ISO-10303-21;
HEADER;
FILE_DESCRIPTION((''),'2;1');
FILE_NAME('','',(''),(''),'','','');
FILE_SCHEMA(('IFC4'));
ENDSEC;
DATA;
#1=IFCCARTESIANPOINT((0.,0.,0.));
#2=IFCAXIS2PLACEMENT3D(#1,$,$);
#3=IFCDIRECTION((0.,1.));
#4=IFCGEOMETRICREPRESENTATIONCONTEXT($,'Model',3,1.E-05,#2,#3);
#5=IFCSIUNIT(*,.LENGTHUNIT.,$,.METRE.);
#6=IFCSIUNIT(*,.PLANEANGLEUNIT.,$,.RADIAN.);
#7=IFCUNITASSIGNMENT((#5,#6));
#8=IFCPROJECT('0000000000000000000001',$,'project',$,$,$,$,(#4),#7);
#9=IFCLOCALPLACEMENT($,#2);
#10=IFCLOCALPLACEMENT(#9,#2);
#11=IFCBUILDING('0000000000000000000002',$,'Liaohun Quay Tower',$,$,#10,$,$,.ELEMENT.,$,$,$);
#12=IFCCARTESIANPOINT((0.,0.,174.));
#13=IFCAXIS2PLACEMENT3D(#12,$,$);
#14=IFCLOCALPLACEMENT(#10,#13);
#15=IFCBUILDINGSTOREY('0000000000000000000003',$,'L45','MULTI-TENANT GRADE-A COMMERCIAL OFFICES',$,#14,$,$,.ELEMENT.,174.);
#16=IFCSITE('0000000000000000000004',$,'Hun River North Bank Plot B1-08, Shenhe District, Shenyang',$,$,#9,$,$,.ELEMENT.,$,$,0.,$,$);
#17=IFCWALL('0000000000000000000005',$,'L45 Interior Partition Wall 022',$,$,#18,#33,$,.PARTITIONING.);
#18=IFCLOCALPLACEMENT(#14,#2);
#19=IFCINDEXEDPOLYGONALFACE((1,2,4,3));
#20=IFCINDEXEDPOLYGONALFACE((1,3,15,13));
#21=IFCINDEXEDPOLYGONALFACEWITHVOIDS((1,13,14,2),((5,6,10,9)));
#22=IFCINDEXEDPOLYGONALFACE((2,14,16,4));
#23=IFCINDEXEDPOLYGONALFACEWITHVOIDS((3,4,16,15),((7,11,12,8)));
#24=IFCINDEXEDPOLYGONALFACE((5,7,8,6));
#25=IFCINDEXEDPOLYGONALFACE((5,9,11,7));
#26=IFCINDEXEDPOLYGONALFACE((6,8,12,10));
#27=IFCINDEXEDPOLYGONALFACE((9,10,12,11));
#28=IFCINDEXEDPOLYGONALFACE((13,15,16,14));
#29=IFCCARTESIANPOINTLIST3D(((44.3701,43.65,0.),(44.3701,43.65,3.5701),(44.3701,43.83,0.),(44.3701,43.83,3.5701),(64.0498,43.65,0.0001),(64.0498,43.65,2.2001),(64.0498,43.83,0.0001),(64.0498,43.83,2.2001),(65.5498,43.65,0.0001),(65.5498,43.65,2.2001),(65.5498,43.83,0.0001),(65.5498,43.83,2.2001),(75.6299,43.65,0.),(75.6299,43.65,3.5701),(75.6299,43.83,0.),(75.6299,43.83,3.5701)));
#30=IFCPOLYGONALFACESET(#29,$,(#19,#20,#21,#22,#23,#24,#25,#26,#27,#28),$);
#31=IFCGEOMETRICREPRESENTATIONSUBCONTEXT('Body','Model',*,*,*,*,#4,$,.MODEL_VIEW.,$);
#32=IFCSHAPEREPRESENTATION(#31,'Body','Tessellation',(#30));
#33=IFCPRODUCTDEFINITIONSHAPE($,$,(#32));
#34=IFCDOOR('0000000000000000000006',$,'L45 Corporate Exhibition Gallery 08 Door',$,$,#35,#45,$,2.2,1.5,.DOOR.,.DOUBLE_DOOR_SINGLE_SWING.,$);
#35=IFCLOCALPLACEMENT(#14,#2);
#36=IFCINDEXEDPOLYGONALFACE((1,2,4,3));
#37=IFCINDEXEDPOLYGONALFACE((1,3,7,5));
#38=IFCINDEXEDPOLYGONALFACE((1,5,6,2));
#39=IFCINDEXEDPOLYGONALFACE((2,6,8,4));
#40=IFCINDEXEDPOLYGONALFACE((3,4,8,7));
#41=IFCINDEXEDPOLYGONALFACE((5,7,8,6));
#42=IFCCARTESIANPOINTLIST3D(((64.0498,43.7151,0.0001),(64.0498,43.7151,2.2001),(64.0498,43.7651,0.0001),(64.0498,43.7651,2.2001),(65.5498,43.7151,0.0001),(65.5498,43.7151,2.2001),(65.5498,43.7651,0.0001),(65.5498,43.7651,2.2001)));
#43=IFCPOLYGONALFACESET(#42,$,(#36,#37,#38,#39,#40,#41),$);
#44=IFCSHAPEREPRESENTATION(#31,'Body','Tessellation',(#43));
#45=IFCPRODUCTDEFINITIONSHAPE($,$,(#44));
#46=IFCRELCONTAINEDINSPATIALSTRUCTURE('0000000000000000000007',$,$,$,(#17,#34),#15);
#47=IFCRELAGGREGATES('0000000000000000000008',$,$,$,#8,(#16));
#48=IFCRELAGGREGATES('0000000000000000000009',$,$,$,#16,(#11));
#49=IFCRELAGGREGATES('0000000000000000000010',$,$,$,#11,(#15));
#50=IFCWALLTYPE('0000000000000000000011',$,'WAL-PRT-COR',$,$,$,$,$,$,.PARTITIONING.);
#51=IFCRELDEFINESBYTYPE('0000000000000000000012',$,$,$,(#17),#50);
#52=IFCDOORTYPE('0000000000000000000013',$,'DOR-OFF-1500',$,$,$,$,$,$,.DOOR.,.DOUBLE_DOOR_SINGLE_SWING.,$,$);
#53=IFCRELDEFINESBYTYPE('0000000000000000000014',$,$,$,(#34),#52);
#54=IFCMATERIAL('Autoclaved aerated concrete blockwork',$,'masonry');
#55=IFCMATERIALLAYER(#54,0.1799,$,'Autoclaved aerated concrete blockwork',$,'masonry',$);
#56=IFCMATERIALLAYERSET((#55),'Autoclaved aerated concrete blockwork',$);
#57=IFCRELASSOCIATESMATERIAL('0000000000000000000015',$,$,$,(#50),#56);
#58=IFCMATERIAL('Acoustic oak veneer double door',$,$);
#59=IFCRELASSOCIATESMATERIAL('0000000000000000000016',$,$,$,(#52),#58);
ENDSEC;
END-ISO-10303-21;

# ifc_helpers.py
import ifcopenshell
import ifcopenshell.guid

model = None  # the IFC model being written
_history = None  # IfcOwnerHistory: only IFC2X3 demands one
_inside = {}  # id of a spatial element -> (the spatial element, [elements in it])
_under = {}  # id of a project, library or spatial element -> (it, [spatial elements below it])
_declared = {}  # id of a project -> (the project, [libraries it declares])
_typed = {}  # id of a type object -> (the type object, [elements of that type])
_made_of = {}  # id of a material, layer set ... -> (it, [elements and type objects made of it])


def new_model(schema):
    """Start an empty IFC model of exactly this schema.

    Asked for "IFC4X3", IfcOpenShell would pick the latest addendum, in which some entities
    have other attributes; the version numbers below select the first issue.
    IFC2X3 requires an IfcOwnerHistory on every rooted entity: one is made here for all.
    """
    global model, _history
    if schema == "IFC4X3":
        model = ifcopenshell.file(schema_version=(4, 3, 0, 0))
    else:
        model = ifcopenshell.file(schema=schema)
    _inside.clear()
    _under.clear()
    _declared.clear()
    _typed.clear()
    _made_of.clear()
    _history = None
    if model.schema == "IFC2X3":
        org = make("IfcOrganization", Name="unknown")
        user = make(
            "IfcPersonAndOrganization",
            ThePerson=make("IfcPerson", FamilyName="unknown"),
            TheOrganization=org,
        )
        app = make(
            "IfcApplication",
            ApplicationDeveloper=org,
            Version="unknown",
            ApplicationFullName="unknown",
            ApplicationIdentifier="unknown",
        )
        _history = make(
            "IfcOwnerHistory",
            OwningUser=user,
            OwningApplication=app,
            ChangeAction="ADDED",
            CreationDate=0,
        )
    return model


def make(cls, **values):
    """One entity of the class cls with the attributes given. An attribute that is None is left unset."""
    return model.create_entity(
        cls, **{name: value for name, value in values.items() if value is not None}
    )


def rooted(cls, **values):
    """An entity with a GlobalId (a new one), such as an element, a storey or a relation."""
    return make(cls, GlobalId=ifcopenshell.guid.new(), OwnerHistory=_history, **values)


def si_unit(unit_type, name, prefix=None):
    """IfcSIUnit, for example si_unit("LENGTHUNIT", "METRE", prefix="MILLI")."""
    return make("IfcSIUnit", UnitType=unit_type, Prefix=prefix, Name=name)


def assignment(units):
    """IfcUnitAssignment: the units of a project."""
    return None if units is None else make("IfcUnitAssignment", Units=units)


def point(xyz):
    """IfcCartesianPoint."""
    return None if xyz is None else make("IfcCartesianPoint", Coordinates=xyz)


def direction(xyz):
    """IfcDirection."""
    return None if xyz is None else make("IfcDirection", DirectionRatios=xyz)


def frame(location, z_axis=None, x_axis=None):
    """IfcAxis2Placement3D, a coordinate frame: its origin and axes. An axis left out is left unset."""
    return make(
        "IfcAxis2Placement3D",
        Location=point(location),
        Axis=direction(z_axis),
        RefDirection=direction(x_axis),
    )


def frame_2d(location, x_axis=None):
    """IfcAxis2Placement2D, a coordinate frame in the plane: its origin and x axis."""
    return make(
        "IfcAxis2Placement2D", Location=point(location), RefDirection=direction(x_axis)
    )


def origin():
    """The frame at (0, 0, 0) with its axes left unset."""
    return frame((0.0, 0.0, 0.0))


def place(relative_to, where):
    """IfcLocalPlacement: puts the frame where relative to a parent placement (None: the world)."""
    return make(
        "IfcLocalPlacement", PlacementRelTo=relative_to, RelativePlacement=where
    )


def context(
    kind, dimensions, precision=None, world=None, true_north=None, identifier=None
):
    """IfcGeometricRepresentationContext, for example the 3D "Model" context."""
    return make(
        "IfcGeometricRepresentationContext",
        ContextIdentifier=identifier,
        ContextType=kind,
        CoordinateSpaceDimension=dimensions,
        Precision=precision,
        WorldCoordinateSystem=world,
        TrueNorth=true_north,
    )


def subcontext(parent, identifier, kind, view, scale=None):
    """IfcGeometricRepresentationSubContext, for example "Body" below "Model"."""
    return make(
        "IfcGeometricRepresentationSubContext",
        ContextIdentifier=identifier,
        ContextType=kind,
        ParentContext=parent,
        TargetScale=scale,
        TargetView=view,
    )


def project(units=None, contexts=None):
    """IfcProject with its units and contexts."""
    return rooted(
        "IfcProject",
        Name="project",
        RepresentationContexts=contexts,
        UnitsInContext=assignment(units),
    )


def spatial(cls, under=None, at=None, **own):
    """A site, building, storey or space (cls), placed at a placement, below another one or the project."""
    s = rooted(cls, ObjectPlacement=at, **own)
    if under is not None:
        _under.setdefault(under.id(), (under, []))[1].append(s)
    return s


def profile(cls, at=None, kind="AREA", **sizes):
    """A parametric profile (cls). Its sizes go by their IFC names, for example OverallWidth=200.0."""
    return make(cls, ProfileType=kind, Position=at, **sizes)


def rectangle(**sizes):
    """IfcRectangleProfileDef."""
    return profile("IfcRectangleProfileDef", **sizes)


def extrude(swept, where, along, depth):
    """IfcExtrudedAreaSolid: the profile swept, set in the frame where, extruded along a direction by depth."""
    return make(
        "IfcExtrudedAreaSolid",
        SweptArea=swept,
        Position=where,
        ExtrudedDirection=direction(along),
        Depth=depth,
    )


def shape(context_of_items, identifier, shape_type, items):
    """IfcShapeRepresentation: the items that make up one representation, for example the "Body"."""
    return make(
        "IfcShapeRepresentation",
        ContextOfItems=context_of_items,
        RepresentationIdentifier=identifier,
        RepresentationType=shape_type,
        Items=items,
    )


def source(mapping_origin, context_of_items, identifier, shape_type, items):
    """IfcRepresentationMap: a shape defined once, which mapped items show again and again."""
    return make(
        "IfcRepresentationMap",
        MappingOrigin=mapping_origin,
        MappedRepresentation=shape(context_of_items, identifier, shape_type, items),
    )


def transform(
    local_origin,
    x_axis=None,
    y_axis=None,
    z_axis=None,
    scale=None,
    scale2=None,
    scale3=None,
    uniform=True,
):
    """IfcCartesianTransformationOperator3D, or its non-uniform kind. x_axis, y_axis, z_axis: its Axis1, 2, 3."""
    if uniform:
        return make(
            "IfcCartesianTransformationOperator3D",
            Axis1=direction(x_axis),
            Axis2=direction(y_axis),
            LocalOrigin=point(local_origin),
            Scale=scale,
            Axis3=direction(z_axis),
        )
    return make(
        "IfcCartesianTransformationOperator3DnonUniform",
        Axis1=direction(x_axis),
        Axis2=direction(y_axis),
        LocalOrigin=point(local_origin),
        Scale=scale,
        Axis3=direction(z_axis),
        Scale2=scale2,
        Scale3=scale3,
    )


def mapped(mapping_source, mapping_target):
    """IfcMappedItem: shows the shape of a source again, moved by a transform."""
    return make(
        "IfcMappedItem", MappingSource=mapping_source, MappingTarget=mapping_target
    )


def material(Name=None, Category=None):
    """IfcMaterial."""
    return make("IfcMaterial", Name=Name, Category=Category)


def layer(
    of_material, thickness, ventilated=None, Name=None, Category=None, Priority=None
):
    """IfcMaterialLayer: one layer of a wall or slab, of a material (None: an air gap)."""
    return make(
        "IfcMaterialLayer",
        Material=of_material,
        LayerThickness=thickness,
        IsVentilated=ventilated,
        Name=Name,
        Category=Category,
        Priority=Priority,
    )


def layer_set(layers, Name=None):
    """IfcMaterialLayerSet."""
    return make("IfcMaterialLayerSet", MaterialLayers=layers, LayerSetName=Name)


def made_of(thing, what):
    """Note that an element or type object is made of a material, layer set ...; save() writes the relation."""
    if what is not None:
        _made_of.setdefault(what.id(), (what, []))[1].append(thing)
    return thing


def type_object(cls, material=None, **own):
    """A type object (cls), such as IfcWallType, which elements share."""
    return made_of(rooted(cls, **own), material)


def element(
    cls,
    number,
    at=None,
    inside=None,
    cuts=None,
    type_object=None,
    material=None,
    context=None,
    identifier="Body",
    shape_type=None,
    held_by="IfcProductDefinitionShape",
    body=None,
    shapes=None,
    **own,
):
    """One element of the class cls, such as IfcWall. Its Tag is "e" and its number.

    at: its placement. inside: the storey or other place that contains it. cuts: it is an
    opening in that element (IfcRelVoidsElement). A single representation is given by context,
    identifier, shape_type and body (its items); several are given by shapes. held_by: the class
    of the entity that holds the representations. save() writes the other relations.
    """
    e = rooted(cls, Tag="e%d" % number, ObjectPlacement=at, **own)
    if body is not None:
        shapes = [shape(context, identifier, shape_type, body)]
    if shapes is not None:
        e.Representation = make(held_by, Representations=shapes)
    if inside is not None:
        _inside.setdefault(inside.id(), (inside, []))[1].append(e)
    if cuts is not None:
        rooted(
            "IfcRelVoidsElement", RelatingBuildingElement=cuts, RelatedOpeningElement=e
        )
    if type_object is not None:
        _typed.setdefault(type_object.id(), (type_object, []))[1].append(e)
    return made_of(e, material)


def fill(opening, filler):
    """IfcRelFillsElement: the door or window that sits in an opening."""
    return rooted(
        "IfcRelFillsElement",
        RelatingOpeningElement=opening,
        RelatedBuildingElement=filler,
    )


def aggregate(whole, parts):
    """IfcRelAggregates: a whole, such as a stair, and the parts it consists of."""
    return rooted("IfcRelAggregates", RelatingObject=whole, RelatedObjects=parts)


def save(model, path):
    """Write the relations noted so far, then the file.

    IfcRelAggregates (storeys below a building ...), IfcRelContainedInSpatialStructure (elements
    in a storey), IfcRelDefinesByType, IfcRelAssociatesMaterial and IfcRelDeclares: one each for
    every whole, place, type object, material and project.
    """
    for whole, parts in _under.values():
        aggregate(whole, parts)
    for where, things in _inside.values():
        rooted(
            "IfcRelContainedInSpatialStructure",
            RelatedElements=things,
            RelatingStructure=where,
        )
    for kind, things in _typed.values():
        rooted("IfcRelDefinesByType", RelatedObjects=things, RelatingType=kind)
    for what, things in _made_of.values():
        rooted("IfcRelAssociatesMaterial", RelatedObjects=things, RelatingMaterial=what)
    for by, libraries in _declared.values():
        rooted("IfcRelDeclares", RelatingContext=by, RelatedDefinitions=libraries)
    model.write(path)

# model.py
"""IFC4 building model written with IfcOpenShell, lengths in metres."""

from ifc_helpers import new_model, si_unit, direction, frame, frame_2d, origin, place, context, subcontext, project, spatial, rectangle, extrude, source, transform, mapped, material, layer, layer_set, type_object, element, fill, save


model = new_model("IFC4")

# Units and contexts
model_context = context("Model", 3, precision=1e-05, world=origin(), true_north=direction((0.0, 1.0)))
body_context = subcontext(model_context, "Body", "Model", "MODEL_VIEW")
ifc_project = project(units=[si_unit("LENGTHUNIT", "METRE"), si_unit("PLANEANGLEUNIT", "RADIAN")], contexts=[model_context])

# Site, building, storey
site_placement = place(None, origin())
site = spatial("IfcSite", under=ifc_project, at=site_placement, Name="Hun River North Bank Plot B1-08, Shenhe District, Shenyang", CompositionType="ELEMENT", RefElevation=0.0)
building_placement = place(site_placement, origin())
building = spatial("IfcBuilding", under=site, at=building_placement, Name="Liaohun Quay Tower", CompositionType="ELEMENT")
storey_placement = place(building_placement, frame((0.0, 0.0, 174.0)))
storey = spatial("IfcBuildingStorey", under=building, at=storey_placement, Name="L45", Description="MULTI-TENANT GRADE-A COMMERCIAL OFFICES", CompositionType="ELEMENT", Elevation=174.0)

# Wall, opening, door
ifc_material_1 = material(Name="Autoclaved aerated concrete blockwork", Category="masonry")
ifc_layer_1 = layer(ifc_material_1, 0.1799, Name="Autoclaved aerated concrete blockwork", Category="masonry")
ifc_layer_set_1 = layer_set([ifc_layer_1], Name="Autoclaved aerated concrete blockwork")
wall_type_1 = type_object("IfcWallType", Name="WAL-PRT-COR", PredefinedType="PARTITIONING", material=ifc_layer_set_1)
wall_1_placement = place(storey_placement, frame((75.6299, 43.74, 0.0), z_axis=(0.0, 0.0, 1.0), x_axis=(-1.0, 0.0, 0.0)))
wall_1 = element("IfcWall", 1, at=wall_1_placement, inside=storey, type_object=wall_type_1, Name="L45 Interior Partition Wall 022", PredefinedType="PARTITIONING", context=body_context, shape_type="SweptSolid", body=[
    extrude(rectangle(XDim=31.2598, YDim=0.1799, at=frame_2d((15.6299, 0.0))), origin(), (0.0, 0.0, 1.0), 3.5701),
])
shared_shape_1 = source(origin(), body_context, "Body", "SweptSolid", [
    extrude(rectangle(XDim=1.5, YDim=2.2, at=frame_2d((0.75, 1.1001))), frame((0.0, 0.0999, 0.0), z_axis=(0.0, -1.0, 0.0), x_axis=(1.0, 0.0, 0.0)), (0.0, 0.0, 1.0), 0.2),
])
opening_1_placement = place(wall_1_placement, frame((10.0801, 0.0, 0.0)))
opening_1 = element("IfcOpeningElement", 2, at=opening_1_placement, cuts=wall_1, PredefinedType="OPENING", context=body_context, shape_type="MappedRepresentation", body=[
    mapped(shared_shape_1, transform((0.0, 0.0, 0.0), x_axis=(1.0, 0.0, 0.0), y_axis=(0.0, 1.0, 0.0), z_axis=(0.0, 0.0, 1.0), scale=1.0)),
])
ifc_material_2 = material(Name="Acoustic oak veneer double door")
door_type = type_object("IfcDoorType", Name="DOR-OFF-1500", OperationType="DOUBLE_DOOR_SINGLE_SWING", PredefinedType="DOOR", material=ifc_material_2)
shared_shape_2 = source(origin(), body_context, "Body", "SweptSolid", [
    extrude(rectangle(XDim=1.5, YDim=2.2, at=frame_2d((0.75, 1.1001))), frame((0.0, 0.0249, 0.0), z_axis=(0.0, -1.0, 0.0), x_axis=(1.0, 0.0, 0.0)), (0.0, 0.0, 1.0), 0.05),
])
door_placement = place(opening_1_placement, origin())
door = element("IfcDoor", 3, at=door_placement, inside=storey, type_object=door_type, Name="L45 Corporate Exhibition Gallery 08 Door", OperationType="DOUBLE_DOOR_SINGLE_SWING", OverallHeight=2.2, OverallWidth=1.5, PredefinedType="DOOR", context=body_context, shape_type="MappedRepresentation", body=[
    mapped(shared_shape_2, transform((0.0, 0.0, 0.0), x_axis=(1.0, 0.0, 0.0), y_axis=(0.0, 1.0, 0.0), z_axis=(0.0, 0.0, 1.0), scale=1.0)),
])
fill(opening_1, door)

save(model, "model.ifc")
